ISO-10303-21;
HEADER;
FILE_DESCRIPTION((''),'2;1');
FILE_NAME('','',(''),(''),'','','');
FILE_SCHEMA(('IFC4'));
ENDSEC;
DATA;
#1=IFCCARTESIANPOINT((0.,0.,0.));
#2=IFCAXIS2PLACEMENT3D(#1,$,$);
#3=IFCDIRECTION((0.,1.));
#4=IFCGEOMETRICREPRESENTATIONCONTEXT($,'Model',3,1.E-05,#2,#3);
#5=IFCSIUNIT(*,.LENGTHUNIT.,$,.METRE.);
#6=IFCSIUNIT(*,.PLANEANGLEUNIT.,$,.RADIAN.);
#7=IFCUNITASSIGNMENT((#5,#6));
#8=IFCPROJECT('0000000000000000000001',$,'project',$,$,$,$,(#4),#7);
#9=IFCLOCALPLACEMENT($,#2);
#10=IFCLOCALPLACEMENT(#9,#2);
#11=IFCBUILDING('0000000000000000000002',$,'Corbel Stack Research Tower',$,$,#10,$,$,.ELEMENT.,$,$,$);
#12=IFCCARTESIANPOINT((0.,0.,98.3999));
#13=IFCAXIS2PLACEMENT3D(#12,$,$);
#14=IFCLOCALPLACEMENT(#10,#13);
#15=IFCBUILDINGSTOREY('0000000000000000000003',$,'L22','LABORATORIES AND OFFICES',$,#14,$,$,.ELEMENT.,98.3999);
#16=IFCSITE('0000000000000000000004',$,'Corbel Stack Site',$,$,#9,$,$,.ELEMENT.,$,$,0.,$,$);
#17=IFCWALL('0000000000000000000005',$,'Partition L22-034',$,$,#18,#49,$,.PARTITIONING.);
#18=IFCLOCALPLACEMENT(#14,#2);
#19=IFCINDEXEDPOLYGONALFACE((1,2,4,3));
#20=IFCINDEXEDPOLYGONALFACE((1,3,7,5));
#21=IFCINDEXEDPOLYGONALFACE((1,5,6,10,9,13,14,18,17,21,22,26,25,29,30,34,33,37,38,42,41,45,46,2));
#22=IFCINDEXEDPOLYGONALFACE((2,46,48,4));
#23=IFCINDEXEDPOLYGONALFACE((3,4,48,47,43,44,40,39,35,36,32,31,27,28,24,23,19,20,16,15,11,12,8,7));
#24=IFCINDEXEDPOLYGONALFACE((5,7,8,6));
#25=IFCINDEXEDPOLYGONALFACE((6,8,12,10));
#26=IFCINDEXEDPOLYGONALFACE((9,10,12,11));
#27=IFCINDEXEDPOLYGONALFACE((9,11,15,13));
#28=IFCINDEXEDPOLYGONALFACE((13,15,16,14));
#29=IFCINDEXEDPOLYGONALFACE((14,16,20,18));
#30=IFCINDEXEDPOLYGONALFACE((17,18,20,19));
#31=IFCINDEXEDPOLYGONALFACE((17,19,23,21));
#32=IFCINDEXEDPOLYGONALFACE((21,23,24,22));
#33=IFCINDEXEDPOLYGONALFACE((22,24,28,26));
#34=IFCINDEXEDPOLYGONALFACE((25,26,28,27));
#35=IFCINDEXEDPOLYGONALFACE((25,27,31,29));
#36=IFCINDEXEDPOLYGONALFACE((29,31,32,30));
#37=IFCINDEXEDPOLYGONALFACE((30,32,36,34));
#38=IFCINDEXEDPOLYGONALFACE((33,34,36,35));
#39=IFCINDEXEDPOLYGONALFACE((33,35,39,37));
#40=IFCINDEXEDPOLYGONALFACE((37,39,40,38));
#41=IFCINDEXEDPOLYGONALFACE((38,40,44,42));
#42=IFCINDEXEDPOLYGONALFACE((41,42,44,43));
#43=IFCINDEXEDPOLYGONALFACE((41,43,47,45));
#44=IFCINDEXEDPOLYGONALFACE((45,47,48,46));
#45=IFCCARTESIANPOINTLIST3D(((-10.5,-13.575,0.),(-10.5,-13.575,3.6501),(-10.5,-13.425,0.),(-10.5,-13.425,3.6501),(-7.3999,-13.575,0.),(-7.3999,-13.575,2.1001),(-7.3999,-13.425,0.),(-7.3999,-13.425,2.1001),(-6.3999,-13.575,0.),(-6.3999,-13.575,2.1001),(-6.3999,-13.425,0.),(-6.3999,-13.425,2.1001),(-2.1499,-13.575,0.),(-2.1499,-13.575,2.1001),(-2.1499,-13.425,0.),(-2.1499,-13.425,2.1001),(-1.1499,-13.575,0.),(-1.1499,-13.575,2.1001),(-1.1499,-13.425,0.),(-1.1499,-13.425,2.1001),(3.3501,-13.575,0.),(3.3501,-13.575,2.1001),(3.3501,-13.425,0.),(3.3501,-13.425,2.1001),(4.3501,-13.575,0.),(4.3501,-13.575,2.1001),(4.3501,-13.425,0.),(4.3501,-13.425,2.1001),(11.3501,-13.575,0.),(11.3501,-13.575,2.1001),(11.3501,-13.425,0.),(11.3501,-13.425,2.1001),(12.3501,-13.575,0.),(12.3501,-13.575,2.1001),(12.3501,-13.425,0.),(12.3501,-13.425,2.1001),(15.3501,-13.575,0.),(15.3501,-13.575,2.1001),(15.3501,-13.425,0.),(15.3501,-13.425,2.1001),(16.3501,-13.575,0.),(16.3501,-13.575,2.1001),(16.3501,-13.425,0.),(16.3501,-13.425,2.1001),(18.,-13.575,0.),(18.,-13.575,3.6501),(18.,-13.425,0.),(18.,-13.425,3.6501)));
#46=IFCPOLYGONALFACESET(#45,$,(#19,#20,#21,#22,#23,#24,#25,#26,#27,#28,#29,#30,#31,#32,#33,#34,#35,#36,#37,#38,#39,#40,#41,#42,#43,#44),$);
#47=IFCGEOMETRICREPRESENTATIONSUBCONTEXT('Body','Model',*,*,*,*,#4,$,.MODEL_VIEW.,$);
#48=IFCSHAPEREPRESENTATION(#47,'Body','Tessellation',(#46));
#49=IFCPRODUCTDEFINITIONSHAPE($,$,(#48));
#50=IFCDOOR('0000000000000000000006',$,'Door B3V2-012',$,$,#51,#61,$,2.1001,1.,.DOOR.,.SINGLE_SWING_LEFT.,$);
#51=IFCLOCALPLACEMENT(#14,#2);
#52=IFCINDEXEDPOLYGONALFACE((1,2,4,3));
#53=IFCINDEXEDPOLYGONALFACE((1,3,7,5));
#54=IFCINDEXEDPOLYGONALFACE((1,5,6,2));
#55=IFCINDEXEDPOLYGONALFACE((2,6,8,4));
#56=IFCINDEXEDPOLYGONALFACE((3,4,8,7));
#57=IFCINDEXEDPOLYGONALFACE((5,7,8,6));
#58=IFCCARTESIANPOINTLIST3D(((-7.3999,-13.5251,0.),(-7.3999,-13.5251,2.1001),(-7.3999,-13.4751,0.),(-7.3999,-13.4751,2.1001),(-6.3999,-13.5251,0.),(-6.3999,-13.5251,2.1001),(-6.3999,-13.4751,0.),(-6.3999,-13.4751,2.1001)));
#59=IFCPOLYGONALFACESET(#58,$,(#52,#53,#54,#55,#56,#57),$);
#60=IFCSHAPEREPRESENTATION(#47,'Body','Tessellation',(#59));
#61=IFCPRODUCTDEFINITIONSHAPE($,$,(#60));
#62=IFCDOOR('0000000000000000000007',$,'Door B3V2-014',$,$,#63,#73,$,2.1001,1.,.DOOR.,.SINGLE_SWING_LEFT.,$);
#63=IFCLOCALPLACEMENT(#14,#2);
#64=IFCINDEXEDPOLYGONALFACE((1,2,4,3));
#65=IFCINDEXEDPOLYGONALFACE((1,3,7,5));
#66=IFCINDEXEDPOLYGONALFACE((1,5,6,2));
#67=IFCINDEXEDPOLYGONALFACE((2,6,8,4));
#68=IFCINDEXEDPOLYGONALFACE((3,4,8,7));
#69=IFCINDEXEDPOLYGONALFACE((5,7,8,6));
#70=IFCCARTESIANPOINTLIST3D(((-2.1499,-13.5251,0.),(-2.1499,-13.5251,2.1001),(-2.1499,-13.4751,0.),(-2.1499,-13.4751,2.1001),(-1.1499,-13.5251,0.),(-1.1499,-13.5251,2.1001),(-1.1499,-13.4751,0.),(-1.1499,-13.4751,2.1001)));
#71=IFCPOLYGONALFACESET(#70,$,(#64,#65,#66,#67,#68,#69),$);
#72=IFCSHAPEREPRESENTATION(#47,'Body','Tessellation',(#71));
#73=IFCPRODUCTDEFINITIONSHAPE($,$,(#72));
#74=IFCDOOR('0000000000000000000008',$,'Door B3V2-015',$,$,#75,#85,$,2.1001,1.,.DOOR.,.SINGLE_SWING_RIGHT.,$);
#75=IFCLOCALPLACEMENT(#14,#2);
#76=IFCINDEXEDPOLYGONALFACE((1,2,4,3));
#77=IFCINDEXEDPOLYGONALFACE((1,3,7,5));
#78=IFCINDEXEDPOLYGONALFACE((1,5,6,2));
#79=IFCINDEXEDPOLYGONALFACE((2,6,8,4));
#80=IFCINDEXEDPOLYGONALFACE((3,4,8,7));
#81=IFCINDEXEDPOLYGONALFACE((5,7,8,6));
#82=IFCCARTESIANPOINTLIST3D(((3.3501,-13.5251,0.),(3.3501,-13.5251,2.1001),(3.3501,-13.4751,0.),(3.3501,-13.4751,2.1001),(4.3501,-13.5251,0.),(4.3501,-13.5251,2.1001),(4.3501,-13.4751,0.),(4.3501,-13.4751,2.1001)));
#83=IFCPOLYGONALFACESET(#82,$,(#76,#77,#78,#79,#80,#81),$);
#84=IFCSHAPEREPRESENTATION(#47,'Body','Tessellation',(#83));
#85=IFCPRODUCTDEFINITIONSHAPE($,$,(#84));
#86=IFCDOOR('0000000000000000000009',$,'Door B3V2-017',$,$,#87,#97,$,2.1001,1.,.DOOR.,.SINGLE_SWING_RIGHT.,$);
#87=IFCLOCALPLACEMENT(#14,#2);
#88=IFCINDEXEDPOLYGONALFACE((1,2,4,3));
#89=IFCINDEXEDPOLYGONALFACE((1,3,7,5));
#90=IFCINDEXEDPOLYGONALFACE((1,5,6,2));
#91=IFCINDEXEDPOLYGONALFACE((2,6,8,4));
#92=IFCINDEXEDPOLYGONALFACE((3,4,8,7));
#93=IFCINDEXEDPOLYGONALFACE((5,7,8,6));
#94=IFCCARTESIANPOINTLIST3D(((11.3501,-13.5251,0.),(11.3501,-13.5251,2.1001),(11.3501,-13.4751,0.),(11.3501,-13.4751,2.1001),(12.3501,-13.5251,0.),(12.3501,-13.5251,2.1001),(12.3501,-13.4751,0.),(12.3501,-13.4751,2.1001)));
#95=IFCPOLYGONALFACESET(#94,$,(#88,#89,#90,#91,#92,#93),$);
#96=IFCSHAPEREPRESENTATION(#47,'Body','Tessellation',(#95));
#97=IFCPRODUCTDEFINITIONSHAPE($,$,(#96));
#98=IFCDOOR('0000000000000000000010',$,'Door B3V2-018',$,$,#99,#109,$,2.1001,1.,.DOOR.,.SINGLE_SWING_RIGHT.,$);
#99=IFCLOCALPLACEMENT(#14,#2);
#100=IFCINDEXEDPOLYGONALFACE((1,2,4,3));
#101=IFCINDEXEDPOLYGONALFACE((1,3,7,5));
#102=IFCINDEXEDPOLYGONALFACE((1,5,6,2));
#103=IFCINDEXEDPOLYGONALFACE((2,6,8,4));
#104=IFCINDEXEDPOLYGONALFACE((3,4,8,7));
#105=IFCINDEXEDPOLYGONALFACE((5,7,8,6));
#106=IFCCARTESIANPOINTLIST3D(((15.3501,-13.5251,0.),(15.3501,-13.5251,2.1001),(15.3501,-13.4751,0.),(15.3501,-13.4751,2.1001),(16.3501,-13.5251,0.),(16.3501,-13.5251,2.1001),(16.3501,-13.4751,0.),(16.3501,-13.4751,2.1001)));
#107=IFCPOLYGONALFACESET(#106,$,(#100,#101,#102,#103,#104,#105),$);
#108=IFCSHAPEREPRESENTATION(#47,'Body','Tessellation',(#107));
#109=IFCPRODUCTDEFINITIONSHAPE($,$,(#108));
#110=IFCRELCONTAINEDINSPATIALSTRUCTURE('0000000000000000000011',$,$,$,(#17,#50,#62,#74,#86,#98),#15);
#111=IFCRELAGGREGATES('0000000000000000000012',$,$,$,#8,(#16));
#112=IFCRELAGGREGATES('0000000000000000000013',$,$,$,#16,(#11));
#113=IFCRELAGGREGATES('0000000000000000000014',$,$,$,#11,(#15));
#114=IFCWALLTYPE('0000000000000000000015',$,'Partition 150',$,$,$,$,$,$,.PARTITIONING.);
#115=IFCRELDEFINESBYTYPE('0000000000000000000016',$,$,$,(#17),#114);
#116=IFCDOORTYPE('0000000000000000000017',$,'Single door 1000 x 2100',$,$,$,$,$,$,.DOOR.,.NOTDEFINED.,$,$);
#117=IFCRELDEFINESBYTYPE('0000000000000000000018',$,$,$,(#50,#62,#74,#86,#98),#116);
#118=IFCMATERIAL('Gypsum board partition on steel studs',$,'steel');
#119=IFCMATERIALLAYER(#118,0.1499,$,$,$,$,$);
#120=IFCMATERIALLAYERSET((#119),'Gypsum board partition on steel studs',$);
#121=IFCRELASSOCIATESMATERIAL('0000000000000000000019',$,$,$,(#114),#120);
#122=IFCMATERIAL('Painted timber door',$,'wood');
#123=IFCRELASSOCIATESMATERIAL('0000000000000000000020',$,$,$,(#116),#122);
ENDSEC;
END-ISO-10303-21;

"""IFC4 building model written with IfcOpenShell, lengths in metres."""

from ifc_helpers import new_model, si_unit, direction, frame, frame_2d, origin, place, context, subcontext, project, spatial, rectangle, extrude, material, layer, layer_set, type_object, element, fill, save


model = new_model("IFC4")

# Units and contexts
model_context = context("Model", 3, precision=1e-05, world=origin(), true_north=direction((0.0, 1.0)))
body_context = subcontext(model_context, "Body", "Model", "MODEL_VIEW")
ifc_project = project(units=[si_unit("LENGTHUNIT", "METRE"), si_unit("PLANEANGLEUNIT", "RADIAN")], contexts=[model_context])

# Site, building, storey
site_placement = place(None, origin())
site = spatial("IfcSite", under=ifc_project, at=site_placement, Name="Corbel Stack Site", CompositionType="ELEMENT", RefElevation=0.0)
building_placement = place(site_placement, origin())
building = spatial("IfcBuilding", under=site, at=building_placement, Name="Corbel Stack Research Tower", CompositionType="ELEMENT")
storey_placement = place(building_placement, frame((0.0, 0.0, 98.3999)))
storey = spatial("IfcBuildingStorey", under=building, at=storey_placement, Name="L22", Description="LABORATORIES AND OFFICES", CompositionType="ELEMENT", Elevation=98.3999)

# Wall, openings, doors
ifc_material_1 = material(Name="Gypsum board partition on steel studs", Category="steel")
ifc_layer_1 = layer(ifc_material_1, 0.1499)
ifc_layer_set_1 = layer_set([ifc_layer_1], Name="Gypsum board partition on steel studs")
wall_type_1 = type_object("IfcWallType", Name="Partition 150", PredefinedType="PARTITIONING", material=ifc_layer_set_1)
ifc_material_2 = material(Name="Painted timber door", Category="wood")
door_type_1 = type_object("IfcDoorType", Name="Single door 1000 x 2100", OperationType="NOTDEFINED", PredefinedType="DOOR", material=ifc_material_2)
wall_1_placement = place(storey_placement, frame((-10.5, -13.5, 0.0), z_axis=(0.0, 0.0, 1.0), x_axis=(1.0, 0.0, 0.0)))
wall_1 = element("IfcWall", 1, at=wall_1_placement, inside=storey, type_object=wall_type_1, Name="Partition L22-034", PredefinedType="PARTITIONING", context=body_context, shape_type="SweptSolid", body=[
    extrude(rectangle(XDim=28.5, YDim=0.1499, at=frame_2d((14.25, 0.0))), origin(), (0.0, 0.0, 1.0), 3.6501),
])
opening_1_placement = place(wall_1_placement, frame((3.1001, 0.0, 0.0)))
opening_1 = element("IfcOpeningElement", 2, at=opening_1_placement, cuts=wall_1, PredefinedType="OPENING", context=body_context, shape_type="SweptSolid", body=[
    extrude(rectangle(XDim=1.0, YDim=2.1001, at=frame_2d((0.5, 1.05))), frame((0.0, 0.085, 0.0), z_axis=(0.0, -1.0, 0.0), x_axis=(1.0, 0.0, 0.0)), (0.0, 0.0, 1.0), 0.1699),
])
opening_2_placement = place(wall_1_placement, frame((8.3501, 0.0, 0.0)))
opening_2 = element("IfcOpeningElement", 3, at=opening_2_placement, cuts=wall_1, PredefinedType="OPENING", context=body_context, shape_type="SweptSolid", body=[
    extrude(rectangle(XDim=1.0, YDim=2.1001, at=frame_2d((0.5, 1.05))), frame((0.0, 0.085, 0.0), z_axis=(0.0, -1.0, 0.0), x_axis=(1.0, 0.0, 0.0)), (0.0, 0.0, 1.0), 0.1699),
])
opening_3_placement = place(wall_1_placement, frame((13.8501, 0.0, 0.0)))
opening_3 = element("IfcOpeningElement", 4, at=opening_3_placement, cuts=wall_1, PredefinedType="OPENING", context=body_context, shape_type="SweptSolid", body=[
    extrude(rectangle(XDim=1.0, YDim=2.1001, at=frame_2d((0.5, 1.05))), frame((0.0, 0.085, 0.0), z_axis=(0.0, -1.0, 0.0), x_axis=(1.0, 0.0, 0.0)), (0.0, 0.0, 1.0), 0.1699),
])
opening_4_placement = place(wall_1_placement, frame((21.8501, 0.0, 0.0)))
opening_4 = element("IfcOpeningElement", 5, at=opening_4_placement, cuts=wall_1, PredefinedType="OPENING", context=body_context, shape_type="SweptSolid", body=[
    extrude(rectangle(XDim=1.0, YDim=2.1001, at=frame_2d((0.5, 1.05))), frame((0.0, 0.085, 0.0), z_axis=(0.0, -1.0, 0.0), x_axis=(1.0, 0.0, 0.0)), (0.0, 0.0, 1.0), 0.1699),
])
opening_5_placement = place(wall_1_placement, frame((25.8501, 0.0, 0.0)))
opening_5 = element("IfcOpeningElement", 6, at=opening_5_placement, cuts=wall_1, PredefinedType="OPENING", context=body_context, shape_type="SweptSolid", body=[
    extrude(rectangle(XDim=1.0, YDim=2.1001, at=frame_2d((0.5, 1.05))), frame((0.0, 0.085, 0.0), z_axis=(0.0, -1.0, 0.0), x_axis=(1.0, 0.0, 0.0)), (0.0, 0.0, 1.0), 0.1699),
])
door_1_placement = place(opening_1_placement, origin())
door_1 = element("IfcDoor", 7, at=door_1_placement, inside=storey, type_object=door_type_1, Name="Door B3V2-012", OperationType="SINGLE_SWING_LEFT", OverallHeight=2.1001, OverallWidth=1.0, PredefinedType="DOOR", context=body_context, shape_type="SweptSolid", body=[
    extrude(rectangle(XDim=1.0, YDim=2.1001, at=frame_2d((0.5, 1.05))), frame((0.0, 0.0249, 0.0), z_axis=(0.0, -1.0, 0.0), x_axis=(1.0, 0.0, 0.0)), (0.0, 0.0, 1.0), 0.05),
])
fill(opening_1, door_1)
door_2_placement = place(opening_2_placement, origin())
door_2 = element("IfcDoor", 8, at=door_2_placement, inside=storey, type_object=door_type_1, Name="Door B3V2-014", OperationType="SINGLE_SWING_LEFT", OverallHeight=2.1001, OverallWidth=1.0, PredefinedType="DOOR", context=body_context, shape_type="SweptSolid", body=[
    extrude(rectangle(XDim=1.0, YDim=2.1001, at=frame_2d((0.5, 1.05))), frame((0.0, 0.0249, 0.0), z_axis=(0.0, -1.0, 0.0), x_axis=(1.0, 0.0, 0.0)), (0.0, 0.0, 1.0), 0.05),
])
fill(opening_2, door_2)
door_3_placement = place(opening_3_placement, origin())
door_3 = element("IfcDoor", 9, at=door_3_placement, inside=storey, type_object=door_type_1, Name="Door B3V2-015", OperationType="SINGLE_SWING_RIGHT", OverallHeight=2.1001, OverallWidth=1.0, PredefinedType="DOOR", context=body_context, shape_type="SweptSolid", body=[
    extrude(rectangle(XDim=1.0, YDim=2.1001, at=frame_2d((0.5, 1.05))), frame((0.0, 0.0249, 0.0), z_axis=(0.0, -1.0, 0.0), x_axis=(1.0, 0.0, 0.0)), (0.0, 0.0, 1.0), 0.05),
])
fill(opening_3, door_3)
door_4_placement = place(opening_4_placement, origin())
door_4 = element("IfcDoor", 10, at=door_4_placement, inside=storey, type_object=door_type_1, Name="Door B3V2-017", OperationType="SINGLE_SWING_RIGHT", OverallHeight=2.1001, OverallWidth=1.0, PredefinedType="DOOR", context=body_context, shape_type="SweptSolid", body=[
    extrude(rectangle(XDim=1.0, YDim=2.1001, at=frame_2d((0.5, 1.05))), frame((0.0, 0.0249, 0.0), z_axis=(0.0, -1.0, 0.0), x_axis=(1.0, 0.0, 0.0)), (0.0, 0.0, 1.0), 0.05),
])
fill(opening_4, door_4)
door_5_placement = place(opening_5_placement, origin())
door_5 = element("IfcDoor", 11, at=door_5_placement, inside=storey, type_object=door_type_1, Name="Door B3V2-018", OperationType="SINGLE_SWING_RIGHT", OverallHeight=2.1001, OverallWidth=1.0, PredefinedType="DOOR", context=body_context, shape_type="SweptSolid", body=[
    extrude(rectangle(XDim=1.0, YDim=2.1001, at=frame_2d((0.5, 1.05))), frame((0.0, 0.0249, 0.0), z_axis=(0.0, -1.0, 0.0), x_axis=(1.0, 0.0, 0.0)), (0.0, 0.0, 1.0), 0.05),
])
fill(opening_5, door_5)

save(model, "model.ifc")
